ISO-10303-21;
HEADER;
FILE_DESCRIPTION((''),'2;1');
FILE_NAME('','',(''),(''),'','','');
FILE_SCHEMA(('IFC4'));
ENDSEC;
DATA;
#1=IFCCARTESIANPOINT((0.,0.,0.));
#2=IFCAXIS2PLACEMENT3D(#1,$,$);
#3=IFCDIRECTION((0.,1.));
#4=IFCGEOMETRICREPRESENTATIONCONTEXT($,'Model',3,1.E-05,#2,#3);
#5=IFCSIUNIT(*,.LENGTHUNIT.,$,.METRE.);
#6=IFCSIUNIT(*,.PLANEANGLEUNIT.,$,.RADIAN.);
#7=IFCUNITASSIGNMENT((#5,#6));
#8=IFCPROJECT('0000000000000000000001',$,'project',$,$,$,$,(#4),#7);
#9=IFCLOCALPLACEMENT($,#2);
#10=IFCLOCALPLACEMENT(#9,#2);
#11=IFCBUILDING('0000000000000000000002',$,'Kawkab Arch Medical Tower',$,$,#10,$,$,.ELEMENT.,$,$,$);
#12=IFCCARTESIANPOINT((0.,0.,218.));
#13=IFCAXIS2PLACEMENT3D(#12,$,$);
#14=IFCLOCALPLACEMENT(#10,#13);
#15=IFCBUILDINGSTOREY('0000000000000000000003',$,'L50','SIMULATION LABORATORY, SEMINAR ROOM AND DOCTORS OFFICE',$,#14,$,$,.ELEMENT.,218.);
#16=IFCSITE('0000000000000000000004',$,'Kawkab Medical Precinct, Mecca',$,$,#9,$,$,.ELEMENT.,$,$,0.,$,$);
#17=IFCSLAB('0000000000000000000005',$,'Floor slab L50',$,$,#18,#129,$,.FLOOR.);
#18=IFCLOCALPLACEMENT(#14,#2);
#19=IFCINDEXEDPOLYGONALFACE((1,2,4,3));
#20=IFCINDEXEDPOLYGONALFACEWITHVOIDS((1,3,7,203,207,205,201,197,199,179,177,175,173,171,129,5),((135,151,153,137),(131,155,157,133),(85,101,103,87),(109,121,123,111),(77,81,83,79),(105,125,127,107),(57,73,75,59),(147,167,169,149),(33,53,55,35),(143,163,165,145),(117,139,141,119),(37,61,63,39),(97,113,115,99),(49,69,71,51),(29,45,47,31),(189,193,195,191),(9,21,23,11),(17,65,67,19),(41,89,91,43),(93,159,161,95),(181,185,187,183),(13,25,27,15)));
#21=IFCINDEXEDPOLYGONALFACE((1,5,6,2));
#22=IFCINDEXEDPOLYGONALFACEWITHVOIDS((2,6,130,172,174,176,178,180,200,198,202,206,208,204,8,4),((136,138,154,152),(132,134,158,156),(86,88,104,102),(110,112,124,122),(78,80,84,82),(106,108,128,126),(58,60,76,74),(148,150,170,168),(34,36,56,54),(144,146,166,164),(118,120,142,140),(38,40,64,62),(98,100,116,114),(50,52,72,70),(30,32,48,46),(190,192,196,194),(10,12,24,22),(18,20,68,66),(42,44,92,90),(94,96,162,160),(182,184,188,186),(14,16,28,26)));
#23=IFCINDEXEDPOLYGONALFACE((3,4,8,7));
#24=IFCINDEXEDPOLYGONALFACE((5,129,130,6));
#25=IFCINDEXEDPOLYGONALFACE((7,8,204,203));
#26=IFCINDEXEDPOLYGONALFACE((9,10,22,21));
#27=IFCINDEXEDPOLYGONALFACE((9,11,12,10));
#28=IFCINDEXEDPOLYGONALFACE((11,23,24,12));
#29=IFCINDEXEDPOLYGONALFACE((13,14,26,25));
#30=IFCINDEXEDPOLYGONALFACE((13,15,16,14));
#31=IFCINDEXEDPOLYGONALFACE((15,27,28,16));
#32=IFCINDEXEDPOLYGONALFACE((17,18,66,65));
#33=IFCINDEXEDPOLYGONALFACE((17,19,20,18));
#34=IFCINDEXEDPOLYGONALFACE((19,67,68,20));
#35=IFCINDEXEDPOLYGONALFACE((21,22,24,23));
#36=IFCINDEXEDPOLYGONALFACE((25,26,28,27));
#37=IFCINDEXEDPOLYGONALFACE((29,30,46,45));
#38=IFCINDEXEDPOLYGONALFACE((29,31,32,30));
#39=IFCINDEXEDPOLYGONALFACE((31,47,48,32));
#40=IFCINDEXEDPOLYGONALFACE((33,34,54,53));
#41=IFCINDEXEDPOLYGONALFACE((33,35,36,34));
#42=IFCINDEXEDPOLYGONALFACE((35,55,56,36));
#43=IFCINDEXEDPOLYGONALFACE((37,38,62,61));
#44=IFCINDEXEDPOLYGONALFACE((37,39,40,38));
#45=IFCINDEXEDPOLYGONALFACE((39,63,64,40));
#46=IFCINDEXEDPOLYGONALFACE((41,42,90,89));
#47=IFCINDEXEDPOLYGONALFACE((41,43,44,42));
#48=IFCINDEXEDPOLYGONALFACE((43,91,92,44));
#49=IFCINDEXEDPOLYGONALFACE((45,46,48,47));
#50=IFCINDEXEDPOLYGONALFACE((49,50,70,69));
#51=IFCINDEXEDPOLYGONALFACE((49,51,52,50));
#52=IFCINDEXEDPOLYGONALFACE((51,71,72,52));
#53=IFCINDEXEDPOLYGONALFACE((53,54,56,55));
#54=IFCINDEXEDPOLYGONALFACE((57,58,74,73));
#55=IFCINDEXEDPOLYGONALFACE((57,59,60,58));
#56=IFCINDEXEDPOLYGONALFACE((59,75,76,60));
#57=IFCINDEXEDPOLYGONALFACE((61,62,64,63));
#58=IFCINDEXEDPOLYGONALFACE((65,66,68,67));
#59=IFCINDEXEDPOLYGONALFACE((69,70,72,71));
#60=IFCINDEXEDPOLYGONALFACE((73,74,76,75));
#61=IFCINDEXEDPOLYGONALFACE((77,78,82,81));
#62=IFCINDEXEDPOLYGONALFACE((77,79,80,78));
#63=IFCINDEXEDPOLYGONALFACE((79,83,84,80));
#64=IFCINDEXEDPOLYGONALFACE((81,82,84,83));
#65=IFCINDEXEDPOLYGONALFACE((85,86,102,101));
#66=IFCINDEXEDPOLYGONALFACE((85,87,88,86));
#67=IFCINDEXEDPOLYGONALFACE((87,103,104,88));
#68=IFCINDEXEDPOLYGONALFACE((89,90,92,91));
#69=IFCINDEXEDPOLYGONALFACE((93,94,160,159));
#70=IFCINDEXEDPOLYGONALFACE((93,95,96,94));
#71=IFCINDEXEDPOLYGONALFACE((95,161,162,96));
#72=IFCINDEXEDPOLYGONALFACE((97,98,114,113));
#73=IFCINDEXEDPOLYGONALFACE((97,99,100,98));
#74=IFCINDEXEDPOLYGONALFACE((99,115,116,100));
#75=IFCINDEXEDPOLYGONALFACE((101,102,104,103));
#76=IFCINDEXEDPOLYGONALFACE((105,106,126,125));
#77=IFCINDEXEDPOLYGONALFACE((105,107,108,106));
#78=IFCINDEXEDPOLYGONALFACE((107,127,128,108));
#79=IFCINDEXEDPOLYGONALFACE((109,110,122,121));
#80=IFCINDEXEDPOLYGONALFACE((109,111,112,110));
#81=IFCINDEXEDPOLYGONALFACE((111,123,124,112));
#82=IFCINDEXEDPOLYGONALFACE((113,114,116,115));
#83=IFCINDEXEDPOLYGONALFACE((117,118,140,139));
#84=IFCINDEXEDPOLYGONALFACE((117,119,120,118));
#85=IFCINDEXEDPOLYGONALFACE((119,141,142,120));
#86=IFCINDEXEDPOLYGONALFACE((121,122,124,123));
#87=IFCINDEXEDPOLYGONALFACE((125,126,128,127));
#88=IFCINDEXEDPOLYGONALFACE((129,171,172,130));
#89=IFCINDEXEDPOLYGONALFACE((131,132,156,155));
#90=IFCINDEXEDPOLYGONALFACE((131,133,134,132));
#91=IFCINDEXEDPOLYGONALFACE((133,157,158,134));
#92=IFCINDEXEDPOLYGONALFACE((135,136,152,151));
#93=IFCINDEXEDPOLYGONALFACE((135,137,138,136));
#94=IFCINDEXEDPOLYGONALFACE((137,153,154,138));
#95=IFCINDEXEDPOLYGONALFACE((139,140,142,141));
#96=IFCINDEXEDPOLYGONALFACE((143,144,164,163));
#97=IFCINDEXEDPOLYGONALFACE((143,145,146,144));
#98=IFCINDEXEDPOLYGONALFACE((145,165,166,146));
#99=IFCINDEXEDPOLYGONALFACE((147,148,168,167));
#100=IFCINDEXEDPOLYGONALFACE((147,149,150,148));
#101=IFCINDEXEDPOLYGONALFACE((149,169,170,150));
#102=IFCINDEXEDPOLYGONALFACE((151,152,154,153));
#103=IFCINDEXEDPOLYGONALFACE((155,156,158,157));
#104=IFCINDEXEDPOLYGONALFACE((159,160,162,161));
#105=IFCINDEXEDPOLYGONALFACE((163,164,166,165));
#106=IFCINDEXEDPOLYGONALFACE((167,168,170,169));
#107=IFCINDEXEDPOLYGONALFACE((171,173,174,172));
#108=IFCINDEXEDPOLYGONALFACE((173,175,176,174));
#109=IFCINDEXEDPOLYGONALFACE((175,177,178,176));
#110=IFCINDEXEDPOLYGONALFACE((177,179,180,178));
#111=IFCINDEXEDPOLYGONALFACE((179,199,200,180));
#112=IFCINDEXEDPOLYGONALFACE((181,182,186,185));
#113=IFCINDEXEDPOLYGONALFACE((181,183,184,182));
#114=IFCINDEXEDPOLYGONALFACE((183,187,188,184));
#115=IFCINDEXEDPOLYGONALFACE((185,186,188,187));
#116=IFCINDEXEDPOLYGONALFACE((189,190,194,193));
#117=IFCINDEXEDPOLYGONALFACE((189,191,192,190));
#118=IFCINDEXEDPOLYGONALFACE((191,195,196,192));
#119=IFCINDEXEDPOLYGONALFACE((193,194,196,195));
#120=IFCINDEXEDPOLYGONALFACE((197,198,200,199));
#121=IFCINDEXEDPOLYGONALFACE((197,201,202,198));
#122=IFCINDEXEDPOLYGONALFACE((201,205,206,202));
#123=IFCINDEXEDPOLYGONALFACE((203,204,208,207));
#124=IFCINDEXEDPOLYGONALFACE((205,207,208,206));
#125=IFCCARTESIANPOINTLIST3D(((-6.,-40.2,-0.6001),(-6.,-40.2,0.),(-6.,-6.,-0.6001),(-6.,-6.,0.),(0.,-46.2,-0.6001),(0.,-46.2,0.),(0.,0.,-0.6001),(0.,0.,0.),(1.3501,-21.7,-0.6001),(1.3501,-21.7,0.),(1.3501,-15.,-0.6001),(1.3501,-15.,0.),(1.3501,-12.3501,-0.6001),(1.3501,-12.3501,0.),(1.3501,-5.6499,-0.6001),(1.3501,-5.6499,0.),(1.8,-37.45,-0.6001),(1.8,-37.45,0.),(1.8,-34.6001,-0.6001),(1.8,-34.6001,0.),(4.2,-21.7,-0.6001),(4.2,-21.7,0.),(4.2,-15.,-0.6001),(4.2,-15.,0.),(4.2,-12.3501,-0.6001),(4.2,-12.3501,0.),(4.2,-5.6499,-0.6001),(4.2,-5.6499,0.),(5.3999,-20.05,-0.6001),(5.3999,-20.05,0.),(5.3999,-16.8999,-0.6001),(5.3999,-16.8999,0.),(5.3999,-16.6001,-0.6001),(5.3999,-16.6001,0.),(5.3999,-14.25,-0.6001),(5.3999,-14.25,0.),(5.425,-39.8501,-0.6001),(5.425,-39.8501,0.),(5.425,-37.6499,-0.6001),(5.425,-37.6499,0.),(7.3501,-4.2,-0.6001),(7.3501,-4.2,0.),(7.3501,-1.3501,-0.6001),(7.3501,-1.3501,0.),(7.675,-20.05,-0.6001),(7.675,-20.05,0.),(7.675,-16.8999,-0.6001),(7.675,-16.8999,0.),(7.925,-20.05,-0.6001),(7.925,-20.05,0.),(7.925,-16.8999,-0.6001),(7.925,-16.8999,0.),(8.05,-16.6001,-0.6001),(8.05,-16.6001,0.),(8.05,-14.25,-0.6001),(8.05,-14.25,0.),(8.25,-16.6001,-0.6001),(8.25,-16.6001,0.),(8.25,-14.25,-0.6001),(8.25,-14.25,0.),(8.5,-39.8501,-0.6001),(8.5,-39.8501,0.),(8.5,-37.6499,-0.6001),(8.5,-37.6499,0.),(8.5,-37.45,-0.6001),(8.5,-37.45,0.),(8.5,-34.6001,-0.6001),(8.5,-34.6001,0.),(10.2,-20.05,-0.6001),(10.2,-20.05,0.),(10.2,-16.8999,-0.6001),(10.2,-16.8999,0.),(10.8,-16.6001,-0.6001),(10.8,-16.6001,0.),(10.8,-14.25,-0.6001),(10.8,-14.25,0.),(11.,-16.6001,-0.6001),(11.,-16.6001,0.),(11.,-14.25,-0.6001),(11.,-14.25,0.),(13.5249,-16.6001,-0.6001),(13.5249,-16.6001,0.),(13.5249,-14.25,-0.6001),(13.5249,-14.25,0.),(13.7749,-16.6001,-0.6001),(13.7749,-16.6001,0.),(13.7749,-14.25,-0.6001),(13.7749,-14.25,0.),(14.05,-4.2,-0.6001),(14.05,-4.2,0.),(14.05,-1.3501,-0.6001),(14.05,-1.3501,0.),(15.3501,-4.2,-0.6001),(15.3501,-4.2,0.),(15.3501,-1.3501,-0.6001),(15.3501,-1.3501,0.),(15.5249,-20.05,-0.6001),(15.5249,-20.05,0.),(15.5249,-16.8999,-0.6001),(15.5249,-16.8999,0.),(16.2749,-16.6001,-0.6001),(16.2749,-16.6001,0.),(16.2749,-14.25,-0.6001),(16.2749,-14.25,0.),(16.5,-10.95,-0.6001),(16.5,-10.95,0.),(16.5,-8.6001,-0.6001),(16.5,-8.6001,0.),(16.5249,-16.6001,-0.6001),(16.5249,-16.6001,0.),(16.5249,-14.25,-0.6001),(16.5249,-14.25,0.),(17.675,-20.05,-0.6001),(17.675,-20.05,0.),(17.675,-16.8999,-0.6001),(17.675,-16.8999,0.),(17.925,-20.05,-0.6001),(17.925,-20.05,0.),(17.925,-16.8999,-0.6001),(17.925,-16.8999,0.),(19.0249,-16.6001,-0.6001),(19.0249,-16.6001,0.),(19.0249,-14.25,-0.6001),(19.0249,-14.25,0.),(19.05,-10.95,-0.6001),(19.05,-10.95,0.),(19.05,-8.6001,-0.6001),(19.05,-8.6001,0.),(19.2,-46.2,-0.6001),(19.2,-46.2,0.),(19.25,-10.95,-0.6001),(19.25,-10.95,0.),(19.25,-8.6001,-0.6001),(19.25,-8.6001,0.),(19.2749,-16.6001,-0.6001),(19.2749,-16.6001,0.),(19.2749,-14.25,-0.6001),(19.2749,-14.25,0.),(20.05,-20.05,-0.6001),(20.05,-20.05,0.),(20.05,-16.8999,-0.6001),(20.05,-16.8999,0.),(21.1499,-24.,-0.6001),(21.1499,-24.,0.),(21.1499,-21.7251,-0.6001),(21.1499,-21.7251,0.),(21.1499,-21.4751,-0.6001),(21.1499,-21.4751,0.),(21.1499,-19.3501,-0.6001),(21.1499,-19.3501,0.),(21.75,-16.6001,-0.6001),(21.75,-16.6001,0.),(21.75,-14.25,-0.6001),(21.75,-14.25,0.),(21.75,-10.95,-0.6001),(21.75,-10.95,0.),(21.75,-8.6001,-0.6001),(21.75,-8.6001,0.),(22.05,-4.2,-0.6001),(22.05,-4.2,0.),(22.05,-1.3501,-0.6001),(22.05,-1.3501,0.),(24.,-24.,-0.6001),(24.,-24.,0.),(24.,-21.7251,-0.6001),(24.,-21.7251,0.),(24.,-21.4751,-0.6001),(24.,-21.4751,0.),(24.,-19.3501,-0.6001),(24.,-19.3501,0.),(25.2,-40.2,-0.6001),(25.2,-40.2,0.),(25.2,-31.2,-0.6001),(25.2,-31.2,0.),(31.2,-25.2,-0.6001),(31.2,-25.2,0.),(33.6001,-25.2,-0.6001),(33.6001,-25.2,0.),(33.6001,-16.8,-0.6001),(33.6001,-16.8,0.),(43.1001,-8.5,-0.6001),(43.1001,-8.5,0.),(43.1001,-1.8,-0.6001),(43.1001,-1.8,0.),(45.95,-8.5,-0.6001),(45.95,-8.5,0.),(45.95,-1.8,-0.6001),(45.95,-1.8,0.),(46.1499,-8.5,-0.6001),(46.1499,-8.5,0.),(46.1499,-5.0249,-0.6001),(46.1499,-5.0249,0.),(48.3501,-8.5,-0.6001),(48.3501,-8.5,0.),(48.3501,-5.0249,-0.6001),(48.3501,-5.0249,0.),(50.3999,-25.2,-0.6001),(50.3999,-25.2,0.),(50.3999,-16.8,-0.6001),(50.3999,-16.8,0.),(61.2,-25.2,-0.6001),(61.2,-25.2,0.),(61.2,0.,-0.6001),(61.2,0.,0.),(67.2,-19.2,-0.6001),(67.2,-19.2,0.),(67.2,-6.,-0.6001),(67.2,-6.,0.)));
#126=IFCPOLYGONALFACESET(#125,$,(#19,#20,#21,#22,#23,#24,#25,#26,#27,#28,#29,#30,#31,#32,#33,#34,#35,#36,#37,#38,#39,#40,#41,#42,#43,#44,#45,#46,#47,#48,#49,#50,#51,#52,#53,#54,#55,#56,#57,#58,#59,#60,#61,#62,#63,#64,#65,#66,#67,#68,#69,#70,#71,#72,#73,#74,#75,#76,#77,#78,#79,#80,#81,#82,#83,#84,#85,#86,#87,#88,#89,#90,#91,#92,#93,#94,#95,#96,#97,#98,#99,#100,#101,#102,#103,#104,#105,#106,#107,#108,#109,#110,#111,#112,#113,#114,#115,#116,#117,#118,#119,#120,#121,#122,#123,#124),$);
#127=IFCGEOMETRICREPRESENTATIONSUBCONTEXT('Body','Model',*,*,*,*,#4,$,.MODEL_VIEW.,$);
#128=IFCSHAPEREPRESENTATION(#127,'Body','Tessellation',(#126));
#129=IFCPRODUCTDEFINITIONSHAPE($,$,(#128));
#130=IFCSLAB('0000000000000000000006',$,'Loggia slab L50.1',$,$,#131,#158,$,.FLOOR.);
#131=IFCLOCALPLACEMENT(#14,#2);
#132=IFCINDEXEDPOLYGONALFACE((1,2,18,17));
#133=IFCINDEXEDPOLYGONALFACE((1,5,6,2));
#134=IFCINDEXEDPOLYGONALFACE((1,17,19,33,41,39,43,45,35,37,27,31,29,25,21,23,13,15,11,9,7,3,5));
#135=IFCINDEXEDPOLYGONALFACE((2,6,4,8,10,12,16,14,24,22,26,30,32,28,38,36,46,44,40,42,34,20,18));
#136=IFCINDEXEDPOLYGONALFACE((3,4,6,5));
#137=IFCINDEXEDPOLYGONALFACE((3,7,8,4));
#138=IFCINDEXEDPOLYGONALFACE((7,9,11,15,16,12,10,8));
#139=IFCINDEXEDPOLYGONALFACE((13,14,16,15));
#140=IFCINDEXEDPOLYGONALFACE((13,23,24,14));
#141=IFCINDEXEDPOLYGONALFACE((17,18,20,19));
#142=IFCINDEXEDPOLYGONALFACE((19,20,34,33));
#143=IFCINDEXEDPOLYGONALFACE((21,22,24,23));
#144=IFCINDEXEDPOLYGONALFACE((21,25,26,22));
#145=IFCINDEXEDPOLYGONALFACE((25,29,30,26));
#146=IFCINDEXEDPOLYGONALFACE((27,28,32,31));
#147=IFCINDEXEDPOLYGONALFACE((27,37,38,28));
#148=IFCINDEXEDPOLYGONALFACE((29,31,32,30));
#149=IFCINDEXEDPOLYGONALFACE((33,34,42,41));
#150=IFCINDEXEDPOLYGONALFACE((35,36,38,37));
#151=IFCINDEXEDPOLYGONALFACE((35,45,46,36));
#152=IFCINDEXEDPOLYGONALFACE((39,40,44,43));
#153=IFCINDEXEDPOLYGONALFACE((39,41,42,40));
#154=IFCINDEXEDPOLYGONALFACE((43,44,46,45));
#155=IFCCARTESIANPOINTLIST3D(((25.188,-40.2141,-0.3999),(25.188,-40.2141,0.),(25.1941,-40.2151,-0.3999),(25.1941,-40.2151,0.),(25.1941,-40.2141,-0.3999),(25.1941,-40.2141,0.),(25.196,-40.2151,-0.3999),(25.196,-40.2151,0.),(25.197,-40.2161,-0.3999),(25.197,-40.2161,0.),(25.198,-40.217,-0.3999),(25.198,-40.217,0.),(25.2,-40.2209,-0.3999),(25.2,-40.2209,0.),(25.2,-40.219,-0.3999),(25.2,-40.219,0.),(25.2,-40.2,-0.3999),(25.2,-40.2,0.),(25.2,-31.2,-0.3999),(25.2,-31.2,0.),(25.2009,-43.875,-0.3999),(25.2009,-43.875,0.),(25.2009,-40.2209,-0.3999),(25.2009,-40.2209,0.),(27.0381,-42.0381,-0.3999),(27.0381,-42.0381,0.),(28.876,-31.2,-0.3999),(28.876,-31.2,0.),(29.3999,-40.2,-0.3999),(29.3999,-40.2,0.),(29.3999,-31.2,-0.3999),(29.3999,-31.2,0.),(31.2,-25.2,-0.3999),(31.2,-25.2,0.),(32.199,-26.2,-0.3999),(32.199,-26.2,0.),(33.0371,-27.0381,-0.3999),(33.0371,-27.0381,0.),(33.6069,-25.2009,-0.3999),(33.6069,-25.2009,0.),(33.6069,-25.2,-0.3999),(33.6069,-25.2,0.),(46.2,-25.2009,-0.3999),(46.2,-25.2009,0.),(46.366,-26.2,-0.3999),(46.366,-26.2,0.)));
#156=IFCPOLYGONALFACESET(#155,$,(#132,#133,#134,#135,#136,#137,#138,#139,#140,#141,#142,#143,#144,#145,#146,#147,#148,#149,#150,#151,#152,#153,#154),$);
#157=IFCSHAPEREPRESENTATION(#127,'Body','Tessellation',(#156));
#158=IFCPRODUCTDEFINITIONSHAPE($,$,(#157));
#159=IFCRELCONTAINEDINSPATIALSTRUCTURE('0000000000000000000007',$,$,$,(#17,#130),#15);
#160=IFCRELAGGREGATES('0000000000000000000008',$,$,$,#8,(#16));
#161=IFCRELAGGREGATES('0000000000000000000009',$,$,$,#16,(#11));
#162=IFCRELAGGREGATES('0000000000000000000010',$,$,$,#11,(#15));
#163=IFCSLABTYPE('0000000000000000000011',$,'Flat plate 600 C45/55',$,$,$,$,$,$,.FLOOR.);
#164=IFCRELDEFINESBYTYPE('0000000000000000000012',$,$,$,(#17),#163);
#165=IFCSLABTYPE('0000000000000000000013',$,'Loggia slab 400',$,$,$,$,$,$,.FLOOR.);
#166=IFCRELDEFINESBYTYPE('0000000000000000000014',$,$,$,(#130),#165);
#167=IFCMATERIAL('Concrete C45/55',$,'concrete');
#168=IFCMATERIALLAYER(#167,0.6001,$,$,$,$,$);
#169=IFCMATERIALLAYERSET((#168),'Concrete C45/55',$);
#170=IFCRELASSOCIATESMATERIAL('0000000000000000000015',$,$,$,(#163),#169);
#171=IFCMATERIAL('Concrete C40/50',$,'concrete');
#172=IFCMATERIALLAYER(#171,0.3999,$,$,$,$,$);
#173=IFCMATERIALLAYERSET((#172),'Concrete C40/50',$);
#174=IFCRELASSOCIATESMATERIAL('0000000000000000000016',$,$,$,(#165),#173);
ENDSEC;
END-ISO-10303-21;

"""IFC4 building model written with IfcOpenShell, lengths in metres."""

from ifc_helpers import new_model, si_unit, direction, frame, origin, place, context, subcontext, project, spatial, polyline, outline, extrude, material, layer, layer_set, type_object, element, save


model = new_model("IFC4")

# Units and contexts
model_context = context("Model", 3, precision=1e-05, world=origin(), true_north=direction((0.0, 1.0)))
body_context = subcontext(model_context, "Body", "Model", "MODEL_VIEW")
ifc_project = project(units=[si_unit("LENGTHUNIT", "METRE"), si_unit("PLANEANGLEUNIT", "RADIAN")], contexts=[model_context])

# Site, building, storey
site_placement = place(None, origin())
site = spatial("IfcSite", under=ifc_project, at=site_placement, Name="Kawkab Medical Precinct, Mecca", CompositionType="ELEMENT", RefElevation=0.0)
building_placement = place(site_placement, origin())
building = spatial("IfcBuilding", under=site, at=building_placement, Name="Kawkab Arch Medical Tower", CompositionType="ELEMENT")
storey_placement = place(building_placement, frame((0.0, 0.0, 218.0)))
storey = spatial("IfcBuildingStorey", under=building, at=storey_placement, Name="L50", Description="SIMULATION LABORATORY, SEMINAR ROOM AND DOCTORS OFFICE", CompositionType="ELEMENT", Elevation=218.0)

# Slabs
ifc_material_1 = material(Name="Concrete C45/55", Category="concrete")
ifc_layer_1 = layer(ifc_material_1, 0.6001)
ifc_layer_set_1 = layer_set([ifc_layer_1], Name="Concrete C45/55")
slab_type_1 = type_object("IfcSlabType", Name="Flat plate 600 C45/55", PredefinedType="FLOOR", material=ifc_layer_set_1)
slab_1_placement = place(storey_placement, frame((0.0, 0.0, -0.6001)))
element("IfcSlab", 1, at=slab_1_placement, inside=storey, type_object=slab_type_1, Name="Floor slab L50", PredefinedType="FLOOR", context=body_context, shape_type="SweptSolid", body=[
    extrude(outline(polyline([(25.2, -31.2), (25.2, -40.2), (19.2, -46.2), (0.0, -46.2), (-6.0, -40.2), (-6.0, -6.0), (0.0, 0.0), (61.2, 0.0), (67.2, -6.0), (67.2, -19.2), (61.2, -25.2), (50.3999, -25.2), (50.3999, -16.8), (33.6001, -16.8), (33.6001, -25.2), (31.2, -25.2), (25.2, -31.2)]), holes=[polyline([(5.425, -37.6499), (5.425, -39.8501), (8.5, -39.8501), (8.5, -37.6499), (5.425, -37.6499)]), polyline([(8.5, -37.45), (8.5, -34.6001), (1.8, -34.6001), (1.8, -37.45), (8.5, -37.45)]), polyline([(5.3999, -20.05), (7.675, -20.05), (7.675, -16.8999), (5.3999, -16.8999), (5.3999, -20.05)]), polyline([(10.2, -20.05), (10.2, -16.8999), (7.925, -16.8999), (7.925, -20.05), (10.2, -20.05)]), polyline([(4.2, -21.7), (4.2, -15.0), (1.3501, -15.0), (1.3501, -21.7), (4.2, -21.7)]), polyline([(5.3999, -16.6001), (8.05, -16.6001), (8.05, -14.25), (5.3999, -14.25), (5.3999, -16.6001)]), polyline([(8.25, -14.25), (8.25, -16.6001), (10.8, -16.6001), (10.8, -14.25), (8.25, -14.25)]), polyline([(11.0, -14.25), (11.0, -16.6001), (13.5249, -16.6001), (13.5249, -14.25), (11.0, -14.25)]), polyline([(16.2749, -14.25), (13.7749, -14.25), (13.7749, -16.6001), (16.2749, -16.6001), (16.2749, -14.25)]), polyline([(4.2, -12.3501), (4.2, -5.6499), (1.3501, -5.6499), (1.3501, -12.3501), (4.2, -12.3501)]), polyline([(7.3501, -4.2), (14.05, -4.2), (14.05, -1.3501), (7.3501, -1.3501), (7.3501, -4.2)]), polyline([(24.0, -21.7251), (21.1499, -21.7251), (21.1499, -24.0), (24.0, -24.0), (24.0, -21.7251)]), polyline([(24.0, -19.3501), (21.1499, -19.3501), (21.1499, -21.4751), (24.0, -21.4751), (24.0, -19.3501)]), polyline([(17.675, -16.8999), (15.5249, -16.8999), (15.5249, -20.05), (17.675, -20.05), (17.675, -16.8999)]), polyline([(20.05, -16.8999), (17.925, -16.8999), (17.925, -20.05), (20.05, -20.05), (20.05, -16.8999)]), polyline([(16.5249, -16.6001), (19.0249, -16.6001), (19.0249, -14.25), (16.5249, -14.25), (16.5249, -16.6001)]), polyline([(21.75, -16.6001), (21.75, -14.25), (19.2749, -14.25), (19.2749, -16.6001), (21.75, -16.6001)]), polyline([(19.05, -10.95), (19.05, -8.6001), (16.5, -8.6001), (16.5, -10.95), (19.05, -10.95)]), polyline([(21.75, -10.95), (21.75, -8.6001), (19.25, -8.6001), (19.25, -10.95), (21.75, -10.95)]), polyline([(46.1499, -8.5), (48.3501, -8.5), (48.3501, -5.0249), (46.1499, -5.0249), (46.1499, -8.5)]), polyline([(43.1001, -1.8), (43.1001, -8.5), (45.95, -8.5), (45.95, -1.8), (43.1001, -1.8)]), polyline([(22.05, -1.3501), (15.3501, -1.3501), (15.3501, -4.2), (22.05, -4.2), (22.05, -1.3501)])]), origin(), (0.0, 0.0, 1.0), 0.6001),
])
ifc_material_2 = material(Name="Concrete C40/50", Category="concrete")
ifc_layer_2 = layer(ifc_material_2, 0.3999)
ifc_layer_set_2 = layer_set([ifc_layer_2], Name="Concrete C40/50")
slab_type_2 = type_object("IfcSlabType", Name="Loggia slab 400", PredefinedType="FLOOR", material=ifc_layer_set_2)
placement_1 = place(storey_placement, frame((0.0, 0.0, -0.3999)))
element("IfcSlab", 2, at=placement_1, inside=storey, type_object=slab_type_2, Name="Loggia slab L50.1", PredefinedType="FLOOR", context=body_context, shape_type="SweptSolid", body=[
    extrude(outline(polyline([(25.2, -40.2), (25.2, -31.2), (31.2, -25.2), (33.6069, -25.2), (33.6069, -25.2009), (46.2, -25.2009), (46.366, -26.2), (32.199, -26.2), (33.0371, -27.0381), (28.876, -31.2), (29.3999, -31.2), (29.3999, -40.2), (27.0381, -42.0381), (25.2009, -43.875), (25.2009, -40.2209), (25.2, -40.2209), (25.2, -40.219), (25.198, -40.217), (25.197, -40.2161), (25.196, -40.2151), (25.1941, -40.2151), (25.1941, -40.2141), (25.188, -40.2141), (25.2, -40.2)])), origin(), (0.0, 0.0, 1.0), 0.3999),
])

save(model, "model.ifc")
